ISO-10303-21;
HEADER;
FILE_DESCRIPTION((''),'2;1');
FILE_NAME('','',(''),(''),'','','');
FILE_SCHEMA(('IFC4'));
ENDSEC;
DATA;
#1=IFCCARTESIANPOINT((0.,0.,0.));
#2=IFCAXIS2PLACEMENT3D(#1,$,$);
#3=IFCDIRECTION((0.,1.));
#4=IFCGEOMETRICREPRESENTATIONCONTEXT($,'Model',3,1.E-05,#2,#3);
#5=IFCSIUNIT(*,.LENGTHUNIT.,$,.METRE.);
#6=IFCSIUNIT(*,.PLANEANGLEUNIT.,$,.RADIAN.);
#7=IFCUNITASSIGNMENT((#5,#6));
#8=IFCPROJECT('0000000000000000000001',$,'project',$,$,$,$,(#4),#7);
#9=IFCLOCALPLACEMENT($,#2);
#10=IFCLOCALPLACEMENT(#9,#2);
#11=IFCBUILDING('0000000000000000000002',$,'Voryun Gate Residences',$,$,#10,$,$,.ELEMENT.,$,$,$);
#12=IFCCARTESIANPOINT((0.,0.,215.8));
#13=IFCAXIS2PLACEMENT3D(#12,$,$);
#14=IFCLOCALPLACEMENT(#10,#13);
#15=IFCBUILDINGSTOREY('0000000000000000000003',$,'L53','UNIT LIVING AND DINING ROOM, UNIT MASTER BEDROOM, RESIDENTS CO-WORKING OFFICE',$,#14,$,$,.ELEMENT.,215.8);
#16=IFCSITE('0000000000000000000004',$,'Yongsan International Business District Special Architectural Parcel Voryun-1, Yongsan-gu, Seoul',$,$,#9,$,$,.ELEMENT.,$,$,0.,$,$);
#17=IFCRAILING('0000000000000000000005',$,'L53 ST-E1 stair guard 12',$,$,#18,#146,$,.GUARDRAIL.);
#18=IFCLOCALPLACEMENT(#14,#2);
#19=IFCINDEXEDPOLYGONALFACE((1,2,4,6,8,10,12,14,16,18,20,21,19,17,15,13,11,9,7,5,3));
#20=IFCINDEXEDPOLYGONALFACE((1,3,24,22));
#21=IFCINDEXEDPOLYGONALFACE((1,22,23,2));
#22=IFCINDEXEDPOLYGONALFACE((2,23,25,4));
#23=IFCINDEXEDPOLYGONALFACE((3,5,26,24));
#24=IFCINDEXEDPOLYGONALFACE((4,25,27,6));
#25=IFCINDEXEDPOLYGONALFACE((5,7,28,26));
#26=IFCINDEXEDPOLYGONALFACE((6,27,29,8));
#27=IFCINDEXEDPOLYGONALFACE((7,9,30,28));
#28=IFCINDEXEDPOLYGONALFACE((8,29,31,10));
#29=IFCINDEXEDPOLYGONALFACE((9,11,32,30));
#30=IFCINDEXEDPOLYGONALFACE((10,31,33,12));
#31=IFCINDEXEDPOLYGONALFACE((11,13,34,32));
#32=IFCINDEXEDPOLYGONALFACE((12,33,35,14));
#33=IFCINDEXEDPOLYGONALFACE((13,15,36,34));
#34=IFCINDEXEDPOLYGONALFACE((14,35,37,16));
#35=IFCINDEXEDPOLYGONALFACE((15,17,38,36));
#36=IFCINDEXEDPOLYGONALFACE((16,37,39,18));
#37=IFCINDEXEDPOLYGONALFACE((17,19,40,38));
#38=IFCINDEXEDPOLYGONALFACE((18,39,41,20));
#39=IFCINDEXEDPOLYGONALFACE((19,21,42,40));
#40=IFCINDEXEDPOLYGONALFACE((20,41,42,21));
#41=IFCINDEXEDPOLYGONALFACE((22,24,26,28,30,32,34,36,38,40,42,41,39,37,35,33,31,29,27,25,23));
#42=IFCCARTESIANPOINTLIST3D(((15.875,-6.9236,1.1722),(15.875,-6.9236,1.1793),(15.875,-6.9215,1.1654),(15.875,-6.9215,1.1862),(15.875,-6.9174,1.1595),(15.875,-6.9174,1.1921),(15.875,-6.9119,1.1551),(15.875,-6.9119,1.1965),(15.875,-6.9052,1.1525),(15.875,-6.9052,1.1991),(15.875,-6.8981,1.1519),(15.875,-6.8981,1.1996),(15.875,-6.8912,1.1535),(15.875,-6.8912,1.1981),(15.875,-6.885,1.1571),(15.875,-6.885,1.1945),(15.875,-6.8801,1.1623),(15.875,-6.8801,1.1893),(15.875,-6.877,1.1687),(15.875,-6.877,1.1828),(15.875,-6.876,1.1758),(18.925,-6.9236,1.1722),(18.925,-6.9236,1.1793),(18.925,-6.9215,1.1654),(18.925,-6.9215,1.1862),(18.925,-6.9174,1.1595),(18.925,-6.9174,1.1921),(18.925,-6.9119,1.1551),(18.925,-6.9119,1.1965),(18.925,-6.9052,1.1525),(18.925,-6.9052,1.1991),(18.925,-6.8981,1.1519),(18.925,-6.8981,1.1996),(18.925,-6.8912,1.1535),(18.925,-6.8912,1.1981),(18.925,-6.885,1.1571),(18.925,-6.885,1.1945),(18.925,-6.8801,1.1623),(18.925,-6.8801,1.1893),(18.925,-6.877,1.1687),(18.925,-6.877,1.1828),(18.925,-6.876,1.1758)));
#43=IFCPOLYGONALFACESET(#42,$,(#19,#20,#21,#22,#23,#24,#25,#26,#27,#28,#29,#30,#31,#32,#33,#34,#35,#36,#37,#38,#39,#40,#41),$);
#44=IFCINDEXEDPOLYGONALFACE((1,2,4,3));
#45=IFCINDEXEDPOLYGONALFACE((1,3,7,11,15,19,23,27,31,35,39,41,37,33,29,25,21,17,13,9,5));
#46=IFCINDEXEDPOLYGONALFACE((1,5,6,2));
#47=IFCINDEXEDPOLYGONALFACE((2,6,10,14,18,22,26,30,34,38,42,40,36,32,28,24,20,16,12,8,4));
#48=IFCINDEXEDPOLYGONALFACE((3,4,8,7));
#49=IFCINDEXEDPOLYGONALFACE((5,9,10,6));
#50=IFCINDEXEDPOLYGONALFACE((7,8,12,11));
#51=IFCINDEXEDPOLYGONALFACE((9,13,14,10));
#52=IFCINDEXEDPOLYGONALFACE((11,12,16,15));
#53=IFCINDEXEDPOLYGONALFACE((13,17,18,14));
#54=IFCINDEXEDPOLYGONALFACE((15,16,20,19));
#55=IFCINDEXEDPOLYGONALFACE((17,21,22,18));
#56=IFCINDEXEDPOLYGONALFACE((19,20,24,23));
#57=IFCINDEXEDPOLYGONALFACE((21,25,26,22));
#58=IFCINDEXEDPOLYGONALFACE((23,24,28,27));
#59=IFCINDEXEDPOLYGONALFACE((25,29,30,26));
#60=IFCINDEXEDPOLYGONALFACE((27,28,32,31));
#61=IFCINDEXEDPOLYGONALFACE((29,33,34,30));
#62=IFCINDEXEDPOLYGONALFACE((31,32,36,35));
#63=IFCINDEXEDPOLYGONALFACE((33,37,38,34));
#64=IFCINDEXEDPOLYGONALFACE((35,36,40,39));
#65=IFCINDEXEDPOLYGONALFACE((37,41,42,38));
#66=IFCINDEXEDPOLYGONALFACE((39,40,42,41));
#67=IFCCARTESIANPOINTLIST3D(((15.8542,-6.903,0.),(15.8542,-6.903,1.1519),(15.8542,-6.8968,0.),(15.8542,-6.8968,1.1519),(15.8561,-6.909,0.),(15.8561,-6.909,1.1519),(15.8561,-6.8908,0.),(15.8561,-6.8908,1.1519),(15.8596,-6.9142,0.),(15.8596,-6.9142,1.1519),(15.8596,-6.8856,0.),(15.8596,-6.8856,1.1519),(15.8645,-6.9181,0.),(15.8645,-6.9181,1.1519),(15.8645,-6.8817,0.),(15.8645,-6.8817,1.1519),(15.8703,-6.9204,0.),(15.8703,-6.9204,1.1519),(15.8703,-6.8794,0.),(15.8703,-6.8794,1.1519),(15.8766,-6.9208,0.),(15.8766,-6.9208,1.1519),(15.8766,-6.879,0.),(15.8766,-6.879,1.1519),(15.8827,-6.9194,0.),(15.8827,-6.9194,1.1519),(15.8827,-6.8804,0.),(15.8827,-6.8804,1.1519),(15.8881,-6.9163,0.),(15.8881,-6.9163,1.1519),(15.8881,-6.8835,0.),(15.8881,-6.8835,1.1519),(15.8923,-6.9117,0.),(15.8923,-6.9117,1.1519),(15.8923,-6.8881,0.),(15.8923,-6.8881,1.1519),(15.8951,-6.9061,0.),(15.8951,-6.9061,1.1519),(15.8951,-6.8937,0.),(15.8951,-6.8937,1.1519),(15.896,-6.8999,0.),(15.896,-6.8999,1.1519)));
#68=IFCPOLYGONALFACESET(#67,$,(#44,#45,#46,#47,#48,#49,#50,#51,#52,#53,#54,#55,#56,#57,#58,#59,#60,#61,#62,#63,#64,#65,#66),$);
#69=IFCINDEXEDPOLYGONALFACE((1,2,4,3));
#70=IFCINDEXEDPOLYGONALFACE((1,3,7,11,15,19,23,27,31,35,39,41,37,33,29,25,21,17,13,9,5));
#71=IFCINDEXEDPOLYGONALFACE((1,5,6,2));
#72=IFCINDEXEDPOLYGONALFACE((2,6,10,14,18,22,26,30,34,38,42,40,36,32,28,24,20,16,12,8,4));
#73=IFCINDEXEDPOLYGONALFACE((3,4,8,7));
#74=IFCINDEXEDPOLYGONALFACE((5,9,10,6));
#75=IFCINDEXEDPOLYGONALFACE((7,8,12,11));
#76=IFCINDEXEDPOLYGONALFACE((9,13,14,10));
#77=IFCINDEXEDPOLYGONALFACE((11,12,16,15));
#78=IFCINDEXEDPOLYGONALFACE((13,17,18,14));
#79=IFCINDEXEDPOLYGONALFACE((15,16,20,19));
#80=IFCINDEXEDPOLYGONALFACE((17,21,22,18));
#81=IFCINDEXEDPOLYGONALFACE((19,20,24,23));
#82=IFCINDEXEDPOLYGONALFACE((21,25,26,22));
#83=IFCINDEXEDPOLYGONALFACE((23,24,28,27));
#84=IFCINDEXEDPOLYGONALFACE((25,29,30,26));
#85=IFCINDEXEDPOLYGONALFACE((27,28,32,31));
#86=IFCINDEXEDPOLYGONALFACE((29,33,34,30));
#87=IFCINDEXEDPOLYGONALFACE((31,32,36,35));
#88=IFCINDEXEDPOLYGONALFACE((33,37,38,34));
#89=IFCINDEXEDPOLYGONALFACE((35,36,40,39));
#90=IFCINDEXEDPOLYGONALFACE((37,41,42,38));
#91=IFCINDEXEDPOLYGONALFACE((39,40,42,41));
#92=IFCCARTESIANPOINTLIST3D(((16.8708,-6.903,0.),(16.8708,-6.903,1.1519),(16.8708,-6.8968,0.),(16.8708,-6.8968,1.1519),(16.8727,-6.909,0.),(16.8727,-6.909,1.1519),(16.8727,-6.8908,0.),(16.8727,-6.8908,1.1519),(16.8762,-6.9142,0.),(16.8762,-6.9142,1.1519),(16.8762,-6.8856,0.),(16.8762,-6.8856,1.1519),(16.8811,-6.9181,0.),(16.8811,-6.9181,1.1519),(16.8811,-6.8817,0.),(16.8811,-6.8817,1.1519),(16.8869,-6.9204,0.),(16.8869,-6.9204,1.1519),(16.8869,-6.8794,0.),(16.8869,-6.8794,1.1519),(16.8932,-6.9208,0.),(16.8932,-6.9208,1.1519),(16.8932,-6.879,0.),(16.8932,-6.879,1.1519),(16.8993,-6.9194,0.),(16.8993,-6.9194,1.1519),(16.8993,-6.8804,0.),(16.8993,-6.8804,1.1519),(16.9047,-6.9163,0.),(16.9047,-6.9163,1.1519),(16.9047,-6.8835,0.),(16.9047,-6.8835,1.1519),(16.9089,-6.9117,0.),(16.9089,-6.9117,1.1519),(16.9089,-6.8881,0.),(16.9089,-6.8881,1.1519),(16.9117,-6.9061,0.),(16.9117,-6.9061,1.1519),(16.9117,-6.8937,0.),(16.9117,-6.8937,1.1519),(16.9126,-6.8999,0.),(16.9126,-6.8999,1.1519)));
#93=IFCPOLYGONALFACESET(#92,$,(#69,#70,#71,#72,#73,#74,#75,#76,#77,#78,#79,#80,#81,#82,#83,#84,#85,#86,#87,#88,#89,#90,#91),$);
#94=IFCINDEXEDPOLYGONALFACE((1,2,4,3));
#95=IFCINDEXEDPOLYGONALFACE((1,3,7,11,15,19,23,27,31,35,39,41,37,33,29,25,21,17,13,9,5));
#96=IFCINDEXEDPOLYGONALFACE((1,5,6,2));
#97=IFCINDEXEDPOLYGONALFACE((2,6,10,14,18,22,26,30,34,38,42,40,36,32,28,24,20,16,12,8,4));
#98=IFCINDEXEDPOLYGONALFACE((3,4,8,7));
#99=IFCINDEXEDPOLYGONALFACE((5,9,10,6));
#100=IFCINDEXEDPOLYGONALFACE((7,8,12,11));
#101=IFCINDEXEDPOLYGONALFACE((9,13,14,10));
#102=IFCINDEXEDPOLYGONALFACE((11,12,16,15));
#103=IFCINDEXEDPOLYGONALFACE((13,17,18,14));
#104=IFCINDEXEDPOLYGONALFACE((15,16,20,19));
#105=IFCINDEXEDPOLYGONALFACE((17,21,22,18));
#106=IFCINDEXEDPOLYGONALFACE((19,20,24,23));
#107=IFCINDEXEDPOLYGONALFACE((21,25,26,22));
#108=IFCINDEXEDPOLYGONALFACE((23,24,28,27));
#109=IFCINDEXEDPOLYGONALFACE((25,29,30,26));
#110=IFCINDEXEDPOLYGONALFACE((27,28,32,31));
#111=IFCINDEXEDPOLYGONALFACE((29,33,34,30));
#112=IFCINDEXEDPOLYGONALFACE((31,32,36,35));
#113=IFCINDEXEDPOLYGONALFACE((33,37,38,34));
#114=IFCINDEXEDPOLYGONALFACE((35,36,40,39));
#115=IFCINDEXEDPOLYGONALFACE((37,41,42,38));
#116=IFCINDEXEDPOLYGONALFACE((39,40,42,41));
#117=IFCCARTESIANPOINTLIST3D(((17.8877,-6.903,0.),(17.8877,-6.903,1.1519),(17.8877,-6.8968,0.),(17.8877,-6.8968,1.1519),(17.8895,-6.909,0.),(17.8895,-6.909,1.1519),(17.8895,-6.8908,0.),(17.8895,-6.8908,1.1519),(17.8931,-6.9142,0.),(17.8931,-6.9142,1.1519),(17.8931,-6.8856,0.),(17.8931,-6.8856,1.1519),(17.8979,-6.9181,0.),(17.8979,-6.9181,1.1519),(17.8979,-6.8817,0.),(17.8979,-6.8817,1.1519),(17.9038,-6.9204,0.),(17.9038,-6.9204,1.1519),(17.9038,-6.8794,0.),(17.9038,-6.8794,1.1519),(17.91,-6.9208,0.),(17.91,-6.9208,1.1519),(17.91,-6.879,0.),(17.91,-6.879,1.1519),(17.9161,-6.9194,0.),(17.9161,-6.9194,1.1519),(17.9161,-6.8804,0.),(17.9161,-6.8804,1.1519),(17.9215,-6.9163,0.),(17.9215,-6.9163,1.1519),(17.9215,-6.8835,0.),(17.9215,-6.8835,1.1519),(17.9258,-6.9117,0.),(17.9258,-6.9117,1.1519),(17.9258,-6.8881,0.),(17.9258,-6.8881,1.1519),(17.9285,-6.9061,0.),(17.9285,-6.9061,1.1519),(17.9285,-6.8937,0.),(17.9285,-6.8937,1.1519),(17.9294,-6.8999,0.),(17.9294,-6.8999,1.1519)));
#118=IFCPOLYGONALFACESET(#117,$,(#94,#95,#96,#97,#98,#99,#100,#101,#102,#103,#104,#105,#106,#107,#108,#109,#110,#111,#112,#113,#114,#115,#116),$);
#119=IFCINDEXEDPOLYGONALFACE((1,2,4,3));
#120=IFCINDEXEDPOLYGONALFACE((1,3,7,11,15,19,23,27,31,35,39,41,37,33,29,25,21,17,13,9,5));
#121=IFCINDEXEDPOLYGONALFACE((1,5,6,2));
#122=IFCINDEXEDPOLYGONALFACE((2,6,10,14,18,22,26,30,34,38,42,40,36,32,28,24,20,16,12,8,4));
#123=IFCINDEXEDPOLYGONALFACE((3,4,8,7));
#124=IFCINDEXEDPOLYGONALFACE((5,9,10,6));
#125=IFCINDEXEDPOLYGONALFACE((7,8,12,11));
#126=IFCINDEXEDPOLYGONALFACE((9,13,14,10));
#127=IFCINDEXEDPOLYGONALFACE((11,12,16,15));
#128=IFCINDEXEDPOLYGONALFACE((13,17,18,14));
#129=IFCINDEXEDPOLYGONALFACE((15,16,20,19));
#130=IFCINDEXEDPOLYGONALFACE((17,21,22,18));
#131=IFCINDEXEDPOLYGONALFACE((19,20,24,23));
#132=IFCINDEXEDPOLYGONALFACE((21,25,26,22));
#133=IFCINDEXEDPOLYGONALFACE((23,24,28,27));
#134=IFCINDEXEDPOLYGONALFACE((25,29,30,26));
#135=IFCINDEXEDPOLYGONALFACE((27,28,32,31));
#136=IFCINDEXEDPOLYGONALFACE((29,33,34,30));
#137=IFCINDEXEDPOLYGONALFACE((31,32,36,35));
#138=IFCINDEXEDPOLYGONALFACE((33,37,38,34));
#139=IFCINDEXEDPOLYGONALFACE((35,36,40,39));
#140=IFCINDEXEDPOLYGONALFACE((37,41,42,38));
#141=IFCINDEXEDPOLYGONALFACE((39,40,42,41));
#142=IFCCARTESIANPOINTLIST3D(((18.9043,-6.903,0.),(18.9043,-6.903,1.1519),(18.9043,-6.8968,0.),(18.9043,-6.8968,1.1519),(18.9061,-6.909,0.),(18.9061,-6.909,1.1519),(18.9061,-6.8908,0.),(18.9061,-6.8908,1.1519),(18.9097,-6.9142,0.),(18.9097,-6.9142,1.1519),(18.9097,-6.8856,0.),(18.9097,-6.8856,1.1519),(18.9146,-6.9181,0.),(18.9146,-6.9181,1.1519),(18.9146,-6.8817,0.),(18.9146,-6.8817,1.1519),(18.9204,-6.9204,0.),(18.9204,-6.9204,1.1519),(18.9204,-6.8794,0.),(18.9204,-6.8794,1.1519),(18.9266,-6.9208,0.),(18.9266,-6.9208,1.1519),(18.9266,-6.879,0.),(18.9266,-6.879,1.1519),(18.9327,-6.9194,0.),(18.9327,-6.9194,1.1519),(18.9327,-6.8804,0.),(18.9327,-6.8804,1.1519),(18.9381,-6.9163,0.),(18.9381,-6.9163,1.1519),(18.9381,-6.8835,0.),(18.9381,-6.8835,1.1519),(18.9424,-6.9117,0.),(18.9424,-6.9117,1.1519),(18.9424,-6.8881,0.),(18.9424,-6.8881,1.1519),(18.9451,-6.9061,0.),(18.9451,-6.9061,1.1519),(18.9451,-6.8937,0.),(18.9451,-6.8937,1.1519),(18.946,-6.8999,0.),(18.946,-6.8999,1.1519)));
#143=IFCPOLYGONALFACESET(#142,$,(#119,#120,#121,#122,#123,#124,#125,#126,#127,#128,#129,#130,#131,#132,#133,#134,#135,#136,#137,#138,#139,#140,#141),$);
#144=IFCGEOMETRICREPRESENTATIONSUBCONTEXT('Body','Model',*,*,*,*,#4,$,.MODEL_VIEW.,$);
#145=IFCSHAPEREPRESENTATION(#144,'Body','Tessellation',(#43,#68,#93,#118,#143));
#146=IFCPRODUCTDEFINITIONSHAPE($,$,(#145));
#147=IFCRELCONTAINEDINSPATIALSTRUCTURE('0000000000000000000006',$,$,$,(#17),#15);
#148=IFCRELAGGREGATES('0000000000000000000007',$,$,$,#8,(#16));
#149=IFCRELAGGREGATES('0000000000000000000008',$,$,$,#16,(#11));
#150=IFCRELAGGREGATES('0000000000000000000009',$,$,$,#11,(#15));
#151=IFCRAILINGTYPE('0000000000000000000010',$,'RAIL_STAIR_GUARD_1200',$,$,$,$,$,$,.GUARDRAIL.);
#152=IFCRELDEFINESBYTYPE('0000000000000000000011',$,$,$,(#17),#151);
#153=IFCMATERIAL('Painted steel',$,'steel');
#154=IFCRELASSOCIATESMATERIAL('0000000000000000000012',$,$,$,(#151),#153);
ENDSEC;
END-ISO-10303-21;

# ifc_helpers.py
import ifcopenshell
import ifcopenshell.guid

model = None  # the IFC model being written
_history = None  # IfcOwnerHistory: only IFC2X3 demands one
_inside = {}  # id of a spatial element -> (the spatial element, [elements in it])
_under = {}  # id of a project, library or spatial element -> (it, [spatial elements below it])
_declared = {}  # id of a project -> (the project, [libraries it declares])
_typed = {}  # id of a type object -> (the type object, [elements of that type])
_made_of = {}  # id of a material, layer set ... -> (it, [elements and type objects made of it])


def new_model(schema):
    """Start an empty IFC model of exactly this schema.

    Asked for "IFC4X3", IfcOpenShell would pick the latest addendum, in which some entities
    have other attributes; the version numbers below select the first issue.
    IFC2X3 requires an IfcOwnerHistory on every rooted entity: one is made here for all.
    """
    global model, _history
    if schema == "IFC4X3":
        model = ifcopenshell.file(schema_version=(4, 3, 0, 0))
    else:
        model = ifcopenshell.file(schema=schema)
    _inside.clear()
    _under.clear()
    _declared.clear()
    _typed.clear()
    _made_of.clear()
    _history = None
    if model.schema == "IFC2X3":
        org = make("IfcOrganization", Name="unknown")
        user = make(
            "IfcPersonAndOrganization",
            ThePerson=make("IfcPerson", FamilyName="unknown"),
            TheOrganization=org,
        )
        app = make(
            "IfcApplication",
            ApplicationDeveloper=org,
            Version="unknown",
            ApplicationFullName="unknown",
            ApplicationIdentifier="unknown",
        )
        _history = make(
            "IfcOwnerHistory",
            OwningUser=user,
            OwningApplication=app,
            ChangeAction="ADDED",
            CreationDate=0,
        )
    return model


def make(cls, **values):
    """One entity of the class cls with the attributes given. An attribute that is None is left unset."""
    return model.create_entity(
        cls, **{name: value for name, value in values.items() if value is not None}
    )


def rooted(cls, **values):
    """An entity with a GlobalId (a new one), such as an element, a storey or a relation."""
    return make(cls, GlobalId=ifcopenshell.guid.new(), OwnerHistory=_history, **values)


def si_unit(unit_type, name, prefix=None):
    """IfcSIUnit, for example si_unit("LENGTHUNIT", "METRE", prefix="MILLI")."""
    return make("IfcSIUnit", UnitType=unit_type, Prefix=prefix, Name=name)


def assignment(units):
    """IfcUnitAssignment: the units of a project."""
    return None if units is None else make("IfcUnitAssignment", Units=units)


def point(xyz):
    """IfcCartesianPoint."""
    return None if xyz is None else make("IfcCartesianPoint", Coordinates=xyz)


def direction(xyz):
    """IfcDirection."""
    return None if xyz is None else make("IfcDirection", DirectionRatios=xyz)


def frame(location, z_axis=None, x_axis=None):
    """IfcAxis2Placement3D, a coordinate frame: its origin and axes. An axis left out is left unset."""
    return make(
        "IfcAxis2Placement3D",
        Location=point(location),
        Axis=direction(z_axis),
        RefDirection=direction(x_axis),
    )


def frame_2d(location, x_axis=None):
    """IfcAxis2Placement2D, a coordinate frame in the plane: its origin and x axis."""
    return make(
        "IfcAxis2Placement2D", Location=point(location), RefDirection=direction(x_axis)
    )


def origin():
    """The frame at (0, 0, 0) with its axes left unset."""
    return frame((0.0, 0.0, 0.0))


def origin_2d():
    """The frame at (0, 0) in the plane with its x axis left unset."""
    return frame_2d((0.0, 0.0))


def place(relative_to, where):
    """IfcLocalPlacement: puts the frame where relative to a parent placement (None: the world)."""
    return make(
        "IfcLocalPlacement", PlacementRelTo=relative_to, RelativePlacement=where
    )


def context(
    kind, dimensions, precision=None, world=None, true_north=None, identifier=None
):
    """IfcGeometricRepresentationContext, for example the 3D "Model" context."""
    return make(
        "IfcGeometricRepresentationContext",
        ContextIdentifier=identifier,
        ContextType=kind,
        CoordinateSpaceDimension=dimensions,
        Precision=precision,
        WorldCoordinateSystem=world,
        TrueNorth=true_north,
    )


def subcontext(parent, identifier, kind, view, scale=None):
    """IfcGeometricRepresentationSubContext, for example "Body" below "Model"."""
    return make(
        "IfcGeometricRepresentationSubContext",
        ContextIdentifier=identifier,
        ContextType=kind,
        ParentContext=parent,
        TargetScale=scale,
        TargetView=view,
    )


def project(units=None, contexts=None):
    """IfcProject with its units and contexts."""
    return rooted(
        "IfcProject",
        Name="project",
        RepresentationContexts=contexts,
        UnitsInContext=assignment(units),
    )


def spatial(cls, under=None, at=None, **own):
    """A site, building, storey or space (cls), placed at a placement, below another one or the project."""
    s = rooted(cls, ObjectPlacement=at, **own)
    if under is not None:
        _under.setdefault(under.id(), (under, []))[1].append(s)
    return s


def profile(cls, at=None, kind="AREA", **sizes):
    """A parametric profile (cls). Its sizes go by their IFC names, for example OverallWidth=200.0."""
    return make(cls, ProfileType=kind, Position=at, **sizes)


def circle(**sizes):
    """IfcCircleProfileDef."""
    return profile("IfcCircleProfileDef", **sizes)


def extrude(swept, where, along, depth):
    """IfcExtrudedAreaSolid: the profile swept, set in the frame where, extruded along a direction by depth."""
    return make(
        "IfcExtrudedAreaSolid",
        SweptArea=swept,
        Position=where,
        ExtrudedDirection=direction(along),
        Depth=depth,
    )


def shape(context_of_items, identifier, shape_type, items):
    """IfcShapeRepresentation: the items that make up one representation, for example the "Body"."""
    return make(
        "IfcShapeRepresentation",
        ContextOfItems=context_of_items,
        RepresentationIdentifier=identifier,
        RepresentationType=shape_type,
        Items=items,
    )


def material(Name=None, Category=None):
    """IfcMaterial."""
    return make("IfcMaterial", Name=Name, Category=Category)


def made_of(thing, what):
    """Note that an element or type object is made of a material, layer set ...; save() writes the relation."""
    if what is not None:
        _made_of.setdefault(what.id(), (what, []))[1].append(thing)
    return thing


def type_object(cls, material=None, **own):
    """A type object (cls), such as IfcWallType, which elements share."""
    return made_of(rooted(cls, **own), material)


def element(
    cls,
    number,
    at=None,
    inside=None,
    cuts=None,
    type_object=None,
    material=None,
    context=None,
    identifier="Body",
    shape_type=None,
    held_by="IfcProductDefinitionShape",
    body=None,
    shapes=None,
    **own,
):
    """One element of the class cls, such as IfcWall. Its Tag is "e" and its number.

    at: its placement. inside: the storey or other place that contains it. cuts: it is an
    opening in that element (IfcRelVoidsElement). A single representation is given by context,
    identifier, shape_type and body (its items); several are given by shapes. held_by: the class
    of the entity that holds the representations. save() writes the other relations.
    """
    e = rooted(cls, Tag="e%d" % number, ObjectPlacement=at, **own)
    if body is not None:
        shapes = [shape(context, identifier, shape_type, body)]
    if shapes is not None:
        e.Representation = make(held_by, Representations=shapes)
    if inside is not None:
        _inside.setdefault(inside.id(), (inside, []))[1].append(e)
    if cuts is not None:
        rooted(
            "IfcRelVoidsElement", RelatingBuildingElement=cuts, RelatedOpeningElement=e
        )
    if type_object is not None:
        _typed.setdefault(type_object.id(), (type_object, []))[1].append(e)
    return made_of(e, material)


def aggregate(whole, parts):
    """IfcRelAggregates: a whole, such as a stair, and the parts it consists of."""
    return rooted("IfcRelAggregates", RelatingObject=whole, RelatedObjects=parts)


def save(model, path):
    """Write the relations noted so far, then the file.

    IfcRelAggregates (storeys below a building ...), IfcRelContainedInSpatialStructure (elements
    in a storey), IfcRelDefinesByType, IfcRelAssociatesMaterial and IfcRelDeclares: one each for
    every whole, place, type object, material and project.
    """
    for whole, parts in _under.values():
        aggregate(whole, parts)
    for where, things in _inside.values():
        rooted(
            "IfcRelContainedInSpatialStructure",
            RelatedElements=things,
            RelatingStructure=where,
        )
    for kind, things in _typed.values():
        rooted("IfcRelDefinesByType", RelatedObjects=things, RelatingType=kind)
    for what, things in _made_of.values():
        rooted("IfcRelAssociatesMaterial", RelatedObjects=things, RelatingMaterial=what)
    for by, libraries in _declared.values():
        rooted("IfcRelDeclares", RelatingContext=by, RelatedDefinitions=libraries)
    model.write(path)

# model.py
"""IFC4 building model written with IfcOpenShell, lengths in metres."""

from ifc_helpers import new_model, si_unit, direction, frame, origin, origin_2d, place, context, subcontext, project, spatial, circle, extrude, material, type_object, element, save


model = new_model("IFC4")

# Units and contexts
model_context = context("Model", 3, precision=1e-05, world=origin(), true_north=direction((0.0, 1.0)))
body_context = subcontext(model_context, "Body", "Model", "MODEL_VIEW")
ifc_project = project(units=[si_unit("LENGTHUNIT", "METRE"), si_unit("PLANEANGLEUNIT", "RADIAN")], contexts=[model_context])

# Site, building, storey
site_placement = place(None, origin())
site = spatial("IfcSite", under=ifc_project, at=site_placement, Name="Yongsan International Business District Special Architectural Parcel Voryun-1, Yongsan-gu, Seoul", CompositionType="ELEMENT", RefElevation=0.0)
building_placement = place(site_placement, origin())
building = spatial("IfcBuilding", under=site, at=building_placement, Name="Voryun Gate Residences", CompositionType="ELEMENT")
storey_placement = place(building_placement, frame((0.0, 0.0, 215.8)))
storey = spatial("IfcBuildingStorey", under=building, at=storey_placement, Name="L53", Description="UNIT LIVING AND DINING ROOM, UNIT MASTER BEDROOM, RESIDENTS CO-WORKING OFFICE", CompositionType="ELEMENT", Elevation=215.8)

# Railing
ifc_material_1 = material(Name="Painted steel", Category="steel")
railing_type = type_object("IfcRailingType", Name="RAIL_STAIR_GUARD_1200", PredefinedType="GUARDRAIL", material=ifc_material_1)
railing_1_placement = place(storey_placement, frame((15.875, -6.8999, 0.0)))
element("IfcRailing", 1, at=railing_1_placement, inside=storey, type_object=railing_type, Name="L53 ST-E1 stair guard 12", PredefinedType="GUARDRAIL", context=body_context, shape_type="SweptSolid", body=[
    extrude(circle(Radius=0.0239, at=origin_2d()), frame((0.0, 0.0, 1.1758), z_axis=(1.0, 0.0, 0.0), x_axis=(0.0, 1.0, 0.0)), (0.0, 0.0, 1.0), 3.05),
    extrude(circle(Radius=0.021, at=origin_2d()), origin(), (0.0, 0.0, 1.0), 1.1519),
    extrude(circle(Radius=0.021, at=origin_2d()), frame((1.0166, 0.0, 0.0)), (0.0, 0.0, 1.0), 1.1519),
    extrude(circle(Radius=0.021, at=origin_2d()), frame((2.0334, 0.0, 0.0)), (0.0, 0.0, 1.0), 1.1519),
    extrude(circle(Radius=0.021, at=origin_2d()), frame((3.05, 0.0, 0.0)), (0.0, 0.0, 1.0), 1.1519),
])

save(model, "model.ifc")
